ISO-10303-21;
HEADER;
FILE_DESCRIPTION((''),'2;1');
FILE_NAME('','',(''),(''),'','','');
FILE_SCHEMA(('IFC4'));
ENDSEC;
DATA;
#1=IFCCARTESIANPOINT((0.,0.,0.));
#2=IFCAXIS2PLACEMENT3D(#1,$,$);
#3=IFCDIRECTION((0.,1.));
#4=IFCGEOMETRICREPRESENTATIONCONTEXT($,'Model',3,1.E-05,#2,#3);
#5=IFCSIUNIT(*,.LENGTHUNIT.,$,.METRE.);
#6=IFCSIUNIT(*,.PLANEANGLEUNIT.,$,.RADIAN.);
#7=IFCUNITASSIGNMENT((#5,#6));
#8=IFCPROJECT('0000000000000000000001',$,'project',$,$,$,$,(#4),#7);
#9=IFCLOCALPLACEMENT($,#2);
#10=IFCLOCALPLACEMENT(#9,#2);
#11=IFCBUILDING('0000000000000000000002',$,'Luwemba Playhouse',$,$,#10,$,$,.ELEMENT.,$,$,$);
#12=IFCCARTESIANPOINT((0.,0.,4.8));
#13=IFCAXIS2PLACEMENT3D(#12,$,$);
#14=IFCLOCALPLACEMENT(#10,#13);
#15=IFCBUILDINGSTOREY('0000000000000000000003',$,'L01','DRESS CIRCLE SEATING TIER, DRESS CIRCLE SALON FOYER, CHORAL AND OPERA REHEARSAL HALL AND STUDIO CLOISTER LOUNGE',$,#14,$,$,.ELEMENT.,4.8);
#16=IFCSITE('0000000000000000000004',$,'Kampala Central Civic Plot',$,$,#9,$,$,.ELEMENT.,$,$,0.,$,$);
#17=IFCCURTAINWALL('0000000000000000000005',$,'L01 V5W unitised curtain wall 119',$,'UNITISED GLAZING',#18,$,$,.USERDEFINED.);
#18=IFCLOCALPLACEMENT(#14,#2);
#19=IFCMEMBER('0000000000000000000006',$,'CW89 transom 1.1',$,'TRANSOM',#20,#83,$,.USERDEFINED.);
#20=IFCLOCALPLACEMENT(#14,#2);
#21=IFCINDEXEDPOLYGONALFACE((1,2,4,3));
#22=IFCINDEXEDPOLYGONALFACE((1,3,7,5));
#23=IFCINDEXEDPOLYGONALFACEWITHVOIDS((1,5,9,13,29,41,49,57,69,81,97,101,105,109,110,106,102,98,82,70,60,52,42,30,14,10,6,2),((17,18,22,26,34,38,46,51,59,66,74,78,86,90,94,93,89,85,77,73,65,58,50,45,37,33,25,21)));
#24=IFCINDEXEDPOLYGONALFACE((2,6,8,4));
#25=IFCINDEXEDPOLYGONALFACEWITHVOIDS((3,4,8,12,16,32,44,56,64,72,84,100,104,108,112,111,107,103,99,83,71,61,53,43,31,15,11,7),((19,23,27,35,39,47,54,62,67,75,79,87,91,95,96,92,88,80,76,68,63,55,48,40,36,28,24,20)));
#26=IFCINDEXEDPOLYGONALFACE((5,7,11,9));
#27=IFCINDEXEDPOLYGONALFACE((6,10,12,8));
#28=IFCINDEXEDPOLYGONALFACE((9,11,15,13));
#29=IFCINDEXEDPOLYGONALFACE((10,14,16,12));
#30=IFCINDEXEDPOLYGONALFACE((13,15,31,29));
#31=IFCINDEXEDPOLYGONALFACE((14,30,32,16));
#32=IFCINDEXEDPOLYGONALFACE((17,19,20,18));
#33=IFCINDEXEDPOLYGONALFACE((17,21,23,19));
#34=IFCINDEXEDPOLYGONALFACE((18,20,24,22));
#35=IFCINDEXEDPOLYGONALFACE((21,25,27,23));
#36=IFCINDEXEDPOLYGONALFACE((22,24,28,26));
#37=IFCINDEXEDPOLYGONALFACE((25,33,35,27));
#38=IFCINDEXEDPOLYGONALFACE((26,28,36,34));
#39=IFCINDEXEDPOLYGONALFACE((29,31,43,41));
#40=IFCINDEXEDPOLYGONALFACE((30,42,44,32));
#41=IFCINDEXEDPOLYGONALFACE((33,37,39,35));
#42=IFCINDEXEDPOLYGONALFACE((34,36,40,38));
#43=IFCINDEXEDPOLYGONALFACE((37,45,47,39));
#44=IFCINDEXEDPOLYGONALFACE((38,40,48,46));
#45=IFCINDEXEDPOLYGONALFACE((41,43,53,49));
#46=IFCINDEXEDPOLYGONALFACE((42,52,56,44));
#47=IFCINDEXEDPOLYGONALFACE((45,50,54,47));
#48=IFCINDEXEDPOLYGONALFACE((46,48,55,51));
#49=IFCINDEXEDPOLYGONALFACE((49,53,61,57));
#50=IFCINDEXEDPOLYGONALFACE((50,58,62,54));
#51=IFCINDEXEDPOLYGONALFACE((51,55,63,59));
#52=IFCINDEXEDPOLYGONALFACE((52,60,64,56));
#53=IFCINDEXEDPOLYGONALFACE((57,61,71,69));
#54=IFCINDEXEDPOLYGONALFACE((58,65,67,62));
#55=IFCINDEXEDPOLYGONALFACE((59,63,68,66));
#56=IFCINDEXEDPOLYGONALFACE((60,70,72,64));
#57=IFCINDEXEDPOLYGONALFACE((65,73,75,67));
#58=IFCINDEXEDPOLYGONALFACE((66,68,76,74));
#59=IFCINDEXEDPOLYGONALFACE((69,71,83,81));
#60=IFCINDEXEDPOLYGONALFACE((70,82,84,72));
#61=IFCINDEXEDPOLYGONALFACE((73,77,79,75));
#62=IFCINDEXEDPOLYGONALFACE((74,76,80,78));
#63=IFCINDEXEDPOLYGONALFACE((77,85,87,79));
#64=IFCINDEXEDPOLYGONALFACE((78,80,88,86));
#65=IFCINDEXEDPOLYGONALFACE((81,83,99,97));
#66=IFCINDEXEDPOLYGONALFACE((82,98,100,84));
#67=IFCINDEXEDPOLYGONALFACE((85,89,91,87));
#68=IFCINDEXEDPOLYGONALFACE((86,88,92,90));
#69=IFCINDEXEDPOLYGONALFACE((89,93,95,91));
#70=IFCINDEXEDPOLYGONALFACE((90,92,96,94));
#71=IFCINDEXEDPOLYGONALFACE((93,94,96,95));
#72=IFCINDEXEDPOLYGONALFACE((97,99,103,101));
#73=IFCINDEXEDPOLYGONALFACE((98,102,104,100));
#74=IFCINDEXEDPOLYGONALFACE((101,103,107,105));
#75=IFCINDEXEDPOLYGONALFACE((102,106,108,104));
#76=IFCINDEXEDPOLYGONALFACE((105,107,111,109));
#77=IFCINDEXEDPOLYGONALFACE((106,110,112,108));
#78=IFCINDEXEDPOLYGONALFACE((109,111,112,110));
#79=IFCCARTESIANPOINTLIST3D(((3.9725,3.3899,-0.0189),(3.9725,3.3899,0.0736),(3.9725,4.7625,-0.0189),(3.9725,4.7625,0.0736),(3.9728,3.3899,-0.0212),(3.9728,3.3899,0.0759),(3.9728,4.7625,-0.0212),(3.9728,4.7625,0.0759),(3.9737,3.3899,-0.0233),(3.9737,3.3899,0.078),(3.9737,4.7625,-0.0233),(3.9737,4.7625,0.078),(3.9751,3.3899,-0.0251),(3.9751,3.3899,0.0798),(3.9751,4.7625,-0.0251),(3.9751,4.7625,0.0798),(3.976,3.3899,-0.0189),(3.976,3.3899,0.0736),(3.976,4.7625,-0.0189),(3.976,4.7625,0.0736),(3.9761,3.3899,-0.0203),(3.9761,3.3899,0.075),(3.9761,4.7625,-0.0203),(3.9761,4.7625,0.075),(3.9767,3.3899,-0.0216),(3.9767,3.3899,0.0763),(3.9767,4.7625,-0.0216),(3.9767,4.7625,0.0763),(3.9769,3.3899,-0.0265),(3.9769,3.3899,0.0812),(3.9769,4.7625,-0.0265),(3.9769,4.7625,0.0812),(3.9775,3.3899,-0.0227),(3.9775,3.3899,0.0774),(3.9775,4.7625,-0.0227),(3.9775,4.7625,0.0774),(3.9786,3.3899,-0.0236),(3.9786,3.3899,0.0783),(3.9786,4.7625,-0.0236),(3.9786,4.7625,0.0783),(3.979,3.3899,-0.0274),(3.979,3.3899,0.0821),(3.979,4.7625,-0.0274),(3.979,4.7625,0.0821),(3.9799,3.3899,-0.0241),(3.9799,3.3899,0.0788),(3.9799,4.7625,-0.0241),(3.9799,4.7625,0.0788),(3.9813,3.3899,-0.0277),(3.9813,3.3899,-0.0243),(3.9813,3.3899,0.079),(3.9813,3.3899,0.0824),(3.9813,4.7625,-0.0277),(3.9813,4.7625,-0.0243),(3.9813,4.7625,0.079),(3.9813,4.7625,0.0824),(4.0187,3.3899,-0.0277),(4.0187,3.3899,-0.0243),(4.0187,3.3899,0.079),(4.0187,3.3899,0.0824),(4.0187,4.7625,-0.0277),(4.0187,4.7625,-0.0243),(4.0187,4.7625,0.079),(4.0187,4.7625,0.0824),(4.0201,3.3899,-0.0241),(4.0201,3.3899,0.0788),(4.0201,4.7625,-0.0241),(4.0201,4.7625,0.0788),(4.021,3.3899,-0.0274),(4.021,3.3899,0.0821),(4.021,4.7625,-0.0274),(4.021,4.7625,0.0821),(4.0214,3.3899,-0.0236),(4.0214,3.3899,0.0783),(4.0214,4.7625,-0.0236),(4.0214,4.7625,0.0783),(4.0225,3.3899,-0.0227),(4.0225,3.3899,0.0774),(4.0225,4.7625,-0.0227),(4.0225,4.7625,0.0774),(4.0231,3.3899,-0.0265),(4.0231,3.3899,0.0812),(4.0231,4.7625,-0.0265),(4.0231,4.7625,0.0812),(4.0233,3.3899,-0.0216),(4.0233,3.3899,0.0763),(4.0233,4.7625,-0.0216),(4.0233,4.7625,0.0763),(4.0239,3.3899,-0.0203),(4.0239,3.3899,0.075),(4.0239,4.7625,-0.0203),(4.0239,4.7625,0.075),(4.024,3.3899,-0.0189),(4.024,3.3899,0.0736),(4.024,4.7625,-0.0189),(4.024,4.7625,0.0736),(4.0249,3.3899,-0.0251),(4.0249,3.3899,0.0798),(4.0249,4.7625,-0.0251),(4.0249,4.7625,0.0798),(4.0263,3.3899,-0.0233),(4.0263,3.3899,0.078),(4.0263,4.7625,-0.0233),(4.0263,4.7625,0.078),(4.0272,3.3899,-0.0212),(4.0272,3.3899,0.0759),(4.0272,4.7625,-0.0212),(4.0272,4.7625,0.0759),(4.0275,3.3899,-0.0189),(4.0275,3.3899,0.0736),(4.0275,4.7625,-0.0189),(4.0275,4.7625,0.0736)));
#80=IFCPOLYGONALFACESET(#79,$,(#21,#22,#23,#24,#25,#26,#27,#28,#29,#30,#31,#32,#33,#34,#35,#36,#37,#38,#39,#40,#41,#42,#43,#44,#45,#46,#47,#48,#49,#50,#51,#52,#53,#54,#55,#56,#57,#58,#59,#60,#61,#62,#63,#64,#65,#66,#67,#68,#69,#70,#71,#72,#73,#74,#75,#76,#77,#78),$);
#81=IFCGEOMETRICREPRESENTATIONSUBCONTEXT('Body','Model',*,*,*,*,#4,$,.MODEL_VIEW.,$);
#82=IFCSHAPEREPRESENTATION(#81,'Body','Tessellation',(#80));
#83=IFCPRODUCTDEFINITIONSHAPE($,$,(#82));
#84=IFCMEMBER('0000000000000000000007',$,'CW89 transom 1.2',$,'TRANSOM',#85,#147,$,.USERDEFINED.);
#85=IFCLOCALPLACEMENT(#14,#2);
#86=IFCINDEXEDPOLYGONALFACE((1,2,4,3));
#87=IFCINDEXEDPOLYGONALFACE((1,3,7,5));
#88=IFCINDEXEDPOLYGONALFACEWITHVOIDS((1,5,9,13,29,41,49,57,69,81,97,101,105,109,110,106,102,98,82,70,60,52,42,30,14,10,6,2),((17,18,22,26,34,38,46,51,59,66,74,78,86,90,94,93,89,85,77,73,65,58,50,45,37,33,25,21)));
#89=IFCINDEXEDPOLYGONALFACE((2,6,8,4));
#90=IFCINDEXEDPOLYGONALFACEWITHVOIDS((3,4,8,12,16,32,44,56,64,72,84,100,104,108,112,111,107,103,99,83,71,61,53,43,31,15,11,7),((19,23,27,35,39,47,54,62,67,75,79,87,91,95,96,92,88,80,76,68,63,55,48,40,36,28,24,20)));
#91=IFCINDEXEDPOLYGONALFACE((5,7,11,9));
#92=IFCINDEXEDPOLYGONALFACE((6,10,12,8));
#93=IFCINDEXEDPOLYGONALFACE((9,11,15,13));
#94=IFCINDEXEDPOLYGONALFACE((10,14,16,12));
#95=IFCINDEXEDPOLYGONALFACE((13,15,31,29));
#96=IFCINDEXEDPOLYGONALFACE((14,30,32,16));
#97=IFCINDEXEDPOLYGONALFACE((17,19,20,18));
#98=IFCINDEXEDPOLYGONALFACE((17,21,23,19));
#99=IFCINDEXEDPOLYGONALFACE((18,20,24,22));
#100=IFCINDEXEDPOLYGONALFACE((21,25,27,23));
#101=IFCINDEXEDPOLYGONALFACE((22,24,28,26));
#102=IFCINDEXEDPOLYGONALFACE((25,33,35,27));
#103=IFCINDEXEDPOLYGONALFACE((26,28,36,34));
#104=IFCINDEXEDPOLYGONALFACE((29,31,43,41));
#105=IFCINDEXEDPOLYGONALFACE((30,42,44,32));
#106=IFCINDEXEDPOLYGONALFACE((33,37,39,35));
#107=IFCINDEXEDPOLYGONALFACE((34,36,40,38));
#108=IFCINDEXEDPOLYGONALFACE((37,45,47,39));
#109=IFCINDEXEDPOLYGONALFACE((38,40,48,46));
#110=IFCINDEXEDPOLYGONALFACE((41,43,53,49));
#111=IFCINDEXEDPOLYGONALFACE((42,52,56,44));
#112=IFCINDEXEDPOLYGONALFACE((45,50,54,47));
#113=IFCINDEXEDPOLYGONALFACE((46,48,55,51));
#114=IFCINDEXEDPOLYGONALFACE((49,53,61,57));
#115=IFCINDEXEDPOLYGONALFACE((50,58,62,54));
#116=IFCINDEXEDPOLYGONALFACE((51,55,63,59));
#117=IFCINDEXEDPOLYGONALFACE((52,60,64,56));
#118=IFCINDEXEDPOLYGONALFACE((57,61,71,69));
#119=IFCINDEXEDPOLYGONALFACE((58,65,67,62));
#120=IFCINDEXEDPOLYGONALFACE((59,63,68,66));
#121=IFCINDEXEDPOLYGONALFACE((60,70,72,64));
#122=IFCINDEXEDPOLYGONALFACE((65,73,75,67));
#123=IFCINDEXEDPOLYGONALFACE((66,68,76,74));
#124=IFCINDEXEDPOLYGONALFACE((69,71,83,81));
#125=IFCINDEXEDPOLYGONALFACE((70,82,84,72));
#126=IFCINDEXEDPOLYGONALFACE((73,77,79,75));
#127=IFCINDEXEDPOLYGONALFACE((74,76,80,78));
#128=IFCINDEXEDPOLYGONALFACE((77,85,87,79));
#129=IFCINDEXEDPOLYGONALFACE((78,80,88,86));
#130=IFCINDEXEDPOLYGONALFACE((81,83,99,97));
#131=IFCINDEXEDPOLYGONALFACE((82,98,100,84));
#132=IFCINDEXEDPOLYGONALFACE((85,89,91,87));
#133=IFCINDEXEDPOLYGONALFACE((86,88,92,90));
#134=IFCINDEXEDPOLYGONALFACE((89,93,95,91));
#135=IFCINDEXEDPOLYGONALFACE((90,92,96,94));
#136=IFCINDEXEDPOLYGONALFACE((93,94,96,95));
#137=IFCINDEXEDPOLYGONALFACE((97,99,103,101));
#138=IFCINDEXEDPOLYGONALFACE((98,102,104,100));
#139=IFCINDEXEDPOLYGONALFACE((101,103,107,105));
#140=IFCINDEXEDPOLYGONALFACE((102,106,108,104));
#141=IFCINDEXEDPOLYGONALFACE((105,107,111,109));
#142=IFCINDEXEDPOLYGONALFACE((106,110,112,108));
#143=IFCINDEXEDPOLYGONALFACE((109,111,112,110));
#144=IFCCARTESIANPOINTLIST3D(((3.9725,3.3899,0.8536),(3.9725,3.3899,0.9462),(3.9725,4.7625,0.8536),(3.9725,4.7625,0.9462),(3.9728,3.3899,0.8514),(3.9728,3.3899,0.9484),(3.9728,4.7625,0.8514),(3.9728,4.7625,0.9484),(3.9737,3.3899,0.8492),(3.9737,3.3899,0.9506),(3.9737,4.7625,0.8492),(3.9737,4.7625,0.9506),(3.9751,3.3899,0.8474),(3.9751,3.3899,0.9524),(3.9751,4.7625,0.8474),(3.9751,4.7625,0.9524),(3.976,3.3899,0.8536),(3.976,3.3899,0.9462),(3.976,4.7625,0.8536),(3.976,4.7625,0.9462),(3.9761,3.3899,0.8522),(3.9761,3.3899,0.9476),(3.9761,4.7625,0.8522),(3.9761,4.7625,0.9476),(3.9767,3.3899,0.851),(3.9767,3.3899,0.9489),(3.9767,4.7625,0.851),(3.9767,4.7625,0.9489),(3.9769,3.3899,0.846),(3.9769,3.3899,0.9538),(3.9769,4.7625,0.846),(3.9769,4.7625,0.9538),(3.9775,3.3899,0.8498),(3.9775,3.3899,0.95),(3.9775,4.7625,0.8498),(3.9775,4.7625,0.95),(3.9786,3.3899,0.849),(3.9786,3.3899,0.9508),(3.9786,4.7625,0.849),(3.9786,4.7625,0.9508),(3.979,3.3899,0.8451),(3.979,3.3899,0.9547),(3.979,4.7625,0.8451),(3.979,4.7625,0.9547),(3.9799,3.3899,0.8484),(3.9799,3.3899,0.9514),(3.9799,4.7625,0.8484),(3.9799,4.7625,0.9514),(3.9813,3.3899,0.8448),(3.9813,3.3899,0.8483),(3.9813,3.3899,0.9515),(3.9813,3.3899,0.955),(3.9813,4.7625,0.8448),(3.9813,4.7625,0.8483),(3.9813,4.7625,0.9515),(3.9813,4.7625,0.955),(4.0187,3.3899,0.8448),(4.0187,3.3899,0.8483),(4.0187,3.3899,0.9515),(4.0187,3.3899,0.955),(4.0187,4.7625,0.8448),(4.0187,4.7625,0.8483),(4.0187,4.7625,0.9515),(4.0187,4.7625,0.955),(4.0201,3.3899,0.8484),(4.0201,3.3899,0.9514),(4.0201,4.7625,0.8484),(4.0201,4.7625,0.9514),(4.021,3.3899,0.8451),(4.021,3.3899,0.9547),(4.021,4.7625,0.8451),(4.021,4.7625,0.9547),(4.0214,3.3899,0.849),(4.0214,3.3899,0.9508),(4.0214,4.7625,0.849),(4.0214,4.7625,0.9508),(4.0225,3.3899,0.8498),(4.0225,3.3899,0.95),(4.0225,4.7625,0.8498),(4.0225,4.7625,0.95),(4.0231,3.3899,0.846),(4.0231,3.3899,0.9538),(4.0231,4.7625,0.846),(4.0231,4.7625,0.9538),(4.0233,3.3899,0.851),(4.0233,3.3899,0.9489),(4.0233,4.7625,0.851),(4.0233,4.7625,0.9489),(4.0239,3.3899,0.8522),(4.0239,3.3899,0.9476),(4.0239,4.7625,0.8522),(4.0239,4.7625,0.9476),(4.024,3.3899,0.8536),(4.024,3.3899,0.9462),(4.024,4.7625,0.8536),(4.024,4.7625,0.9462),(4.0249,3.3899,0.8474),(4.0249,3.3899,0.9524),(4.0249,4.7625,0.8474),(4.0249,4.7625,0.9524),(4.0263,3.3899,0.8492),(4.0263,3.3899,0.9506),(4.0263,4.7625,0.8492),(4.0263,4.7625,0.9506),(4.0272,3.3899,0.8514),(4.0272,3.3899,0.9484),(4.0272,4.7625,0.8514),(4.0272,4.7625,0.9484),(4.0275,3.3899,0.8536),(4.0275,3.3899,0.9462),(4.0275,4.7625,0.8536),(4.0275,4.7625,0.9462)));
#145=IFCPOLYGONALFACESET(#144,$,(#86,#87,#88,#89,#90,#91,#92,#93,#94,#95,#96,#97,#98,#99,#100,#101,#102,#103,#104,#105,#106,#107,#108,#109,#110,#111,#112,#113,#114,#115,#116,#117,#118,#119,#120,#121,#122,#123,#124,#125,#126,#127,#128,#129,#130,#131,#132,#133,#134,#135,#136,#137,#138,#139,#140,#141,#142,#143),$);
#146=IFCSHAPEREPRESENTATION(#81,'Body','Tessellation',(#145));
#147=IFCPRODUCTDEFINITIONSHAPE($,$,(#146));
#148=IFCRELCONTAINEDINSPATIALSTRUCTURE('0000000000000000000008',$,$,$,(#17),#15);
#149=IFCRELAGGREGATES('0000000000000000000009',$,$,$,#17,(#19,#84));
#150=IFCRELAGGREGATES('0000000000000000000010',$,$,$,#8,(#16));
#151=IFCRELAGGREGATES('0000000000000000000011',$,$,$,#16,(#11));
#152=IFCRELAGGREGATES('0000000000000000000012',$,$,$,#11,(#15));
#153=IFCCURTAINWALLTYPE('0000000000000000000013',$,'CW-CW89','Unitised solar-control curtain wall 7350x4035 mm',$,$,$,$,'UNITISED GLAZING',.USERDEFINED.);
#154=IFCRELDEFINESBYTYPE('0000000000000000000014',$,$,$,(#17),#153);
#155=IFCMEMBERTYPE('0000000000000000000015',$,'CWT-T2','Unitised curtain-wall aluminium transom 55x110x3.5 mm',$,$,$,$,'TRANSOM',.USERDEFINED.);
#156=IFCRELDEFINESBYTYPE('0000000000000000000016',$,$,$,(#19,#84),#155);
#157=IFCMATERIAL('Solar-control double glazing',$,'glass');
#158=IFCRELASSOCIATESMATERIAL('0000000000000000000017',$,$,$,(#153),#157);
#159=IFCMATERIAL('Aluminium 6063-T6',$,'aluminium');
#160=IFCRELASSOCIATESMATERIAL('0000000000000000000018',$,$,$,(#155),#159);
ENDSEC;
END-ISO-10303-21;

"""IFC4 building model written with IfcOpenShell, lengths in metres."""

from ifc_helpers import new_model, si_unit, direction, frame, origin, origin_2d, place, context, subcontext, project, spatial, hollow_rectangle, extrude, material, material_profile, profile_set, type_object, element, aggregate, save


model = new_model("IFC4")

# Units and contexts
model_context = context("Model", 3, precision=1e-05, world=origin(), true_north=direction((0.0, 1.0)))
body_context = subcontext(model_context, "Body", "Model", "MODEL_VIEW")
ifc_project = project(units=[si_unit("LENGTHUNIT", "METRE"), si_unit("PLANEANGLEUNIT", "RADIAN")], contexts=[model_context])

# Site, building, storey
site_placement = place(None, origin())
site = spatial("IfcSite", under=ifc_project, at=site_placement, Name="Kampala Central Civic Plot", CompositionType="ELEMENT", RefElevation=0.0)
building_placement = place(site_placement, origin())
building = spatial("IfcBuilding", under=site, at=building_placement, Name="Luwemba Playhouse", CompositionType="ELEMENT")
storey_placement = place(building_placement, frame((0.0, 0.0, 4.8)))
storey = spatial("IfcBuildingStorey", under=building, at=storey_placement, Name="L01", Description="DRESS CIRCLE SEATING TIER, DRESS CIRCLE SALON FOYER, CHORAL AND OPERA REHEARSAL HALL AND STUDIO CLOISTER LOUNGE", CompositionType="ELEMENT", Elevation=4.8)

# Curtain wall
ifc_material_1 = material(Name="Solar-control double glazing", Category="glass")
curtain_wall_type_1 = type_object("IfcCurtainWallType", Name="CW-CW89", Description="Unitised solar-control curtain wall 7350x4035 mm", ElementType="UNITISED GLAZING", PredefinedType="USERDEFINED", material=ifc_material_1)
curtain_wall_1_placement = place(storey_placement, origin())
curtain_wall_1 = element("IfcCurtainWall", 1, at=curtain_wall_1_placement, inside=storey, type_object=curtain_wall_type_1, Name="L01 V5W unitised curtain wall 119", ObjectType="UNITISED GLAZING", PredefinedType="USERDEFINED")
ifc_material_2 = material(Name="Aluminium 6063-T6", Category="aluminium")

# Members
ifc_material_profile_1 = material_profile(ifc_material_2, hollow_rectangle(XDim=0.0549, YDim=0.1101, WallThickness=0.0034, InnerFilletRadius=0.0054, OuterFilletRadius=0.0088, at=origin_2d()))
ifc_profile_set_1 = profile_set([ifc_material_profile_1], Name="Aluminium 6063-T6")
member_type_1 = type_object("IfcMemberType", Name="CWT-T2", Description="Unitised curtain-wall aluminium transom 55x110x3.5 mm", ElementType="TRANSOM", PredefinedType="USERDEFINED", material=ifc_profile_set_1)
member_1_placement = place(storey_placement, frame((4.0, 3.3899, 0.0273), z_axis=(0.0, 1.0, 0.0), x_axis=(-1.0, 0.0, 0.0)))
member_1 = element("IfcMember", 2, at=member_1_placement, type_object=member_type_1, Name="CW89 transom 1.1", ObjectType="TRANSOM", PredefinedType="USERDEFINED", context=body_context, shape_type="SweptSolid", body=[
    extrude(hollow_rectangle(XDim=0.0549, YDim=0.1101, WallThickness=0.0034, InnerFilletRadius=0.0054, OuterFilletRadius=0.0088, at=origin_2d()), origin(), (0.0, 0.0, 1.0), 1.3726),
])
member_2_placement = place(storey_placement, frame((4.0, 3.3899, 0.8999), z_axis=(0.0, 1.0, 0.0), x_axis=(-1.0, 0.0, 0.0)))
member_2 = element("IfcMember", 3, at=member_2_placement, type_object=member_type_1, Name="CW89 transom 1.2", ObjectType="TRANSOM", PredefinedType="USERDEFINED", context=body_context, shape_type="SweptSolid", body=[
    extrude(hollow_rectangle(XDim=0.0549, YDim=0.1101, WallThickness=0.0034, InnerFilletRadius=0.0054, OuterFilletRadius=0.0088, at=origin_2d()), origin(), (0.0, 0.0, 1.0), 1.3726),
])

aggregate(curtain_wall_1, [member_1, member_2])

save(model, "model.ifc")
